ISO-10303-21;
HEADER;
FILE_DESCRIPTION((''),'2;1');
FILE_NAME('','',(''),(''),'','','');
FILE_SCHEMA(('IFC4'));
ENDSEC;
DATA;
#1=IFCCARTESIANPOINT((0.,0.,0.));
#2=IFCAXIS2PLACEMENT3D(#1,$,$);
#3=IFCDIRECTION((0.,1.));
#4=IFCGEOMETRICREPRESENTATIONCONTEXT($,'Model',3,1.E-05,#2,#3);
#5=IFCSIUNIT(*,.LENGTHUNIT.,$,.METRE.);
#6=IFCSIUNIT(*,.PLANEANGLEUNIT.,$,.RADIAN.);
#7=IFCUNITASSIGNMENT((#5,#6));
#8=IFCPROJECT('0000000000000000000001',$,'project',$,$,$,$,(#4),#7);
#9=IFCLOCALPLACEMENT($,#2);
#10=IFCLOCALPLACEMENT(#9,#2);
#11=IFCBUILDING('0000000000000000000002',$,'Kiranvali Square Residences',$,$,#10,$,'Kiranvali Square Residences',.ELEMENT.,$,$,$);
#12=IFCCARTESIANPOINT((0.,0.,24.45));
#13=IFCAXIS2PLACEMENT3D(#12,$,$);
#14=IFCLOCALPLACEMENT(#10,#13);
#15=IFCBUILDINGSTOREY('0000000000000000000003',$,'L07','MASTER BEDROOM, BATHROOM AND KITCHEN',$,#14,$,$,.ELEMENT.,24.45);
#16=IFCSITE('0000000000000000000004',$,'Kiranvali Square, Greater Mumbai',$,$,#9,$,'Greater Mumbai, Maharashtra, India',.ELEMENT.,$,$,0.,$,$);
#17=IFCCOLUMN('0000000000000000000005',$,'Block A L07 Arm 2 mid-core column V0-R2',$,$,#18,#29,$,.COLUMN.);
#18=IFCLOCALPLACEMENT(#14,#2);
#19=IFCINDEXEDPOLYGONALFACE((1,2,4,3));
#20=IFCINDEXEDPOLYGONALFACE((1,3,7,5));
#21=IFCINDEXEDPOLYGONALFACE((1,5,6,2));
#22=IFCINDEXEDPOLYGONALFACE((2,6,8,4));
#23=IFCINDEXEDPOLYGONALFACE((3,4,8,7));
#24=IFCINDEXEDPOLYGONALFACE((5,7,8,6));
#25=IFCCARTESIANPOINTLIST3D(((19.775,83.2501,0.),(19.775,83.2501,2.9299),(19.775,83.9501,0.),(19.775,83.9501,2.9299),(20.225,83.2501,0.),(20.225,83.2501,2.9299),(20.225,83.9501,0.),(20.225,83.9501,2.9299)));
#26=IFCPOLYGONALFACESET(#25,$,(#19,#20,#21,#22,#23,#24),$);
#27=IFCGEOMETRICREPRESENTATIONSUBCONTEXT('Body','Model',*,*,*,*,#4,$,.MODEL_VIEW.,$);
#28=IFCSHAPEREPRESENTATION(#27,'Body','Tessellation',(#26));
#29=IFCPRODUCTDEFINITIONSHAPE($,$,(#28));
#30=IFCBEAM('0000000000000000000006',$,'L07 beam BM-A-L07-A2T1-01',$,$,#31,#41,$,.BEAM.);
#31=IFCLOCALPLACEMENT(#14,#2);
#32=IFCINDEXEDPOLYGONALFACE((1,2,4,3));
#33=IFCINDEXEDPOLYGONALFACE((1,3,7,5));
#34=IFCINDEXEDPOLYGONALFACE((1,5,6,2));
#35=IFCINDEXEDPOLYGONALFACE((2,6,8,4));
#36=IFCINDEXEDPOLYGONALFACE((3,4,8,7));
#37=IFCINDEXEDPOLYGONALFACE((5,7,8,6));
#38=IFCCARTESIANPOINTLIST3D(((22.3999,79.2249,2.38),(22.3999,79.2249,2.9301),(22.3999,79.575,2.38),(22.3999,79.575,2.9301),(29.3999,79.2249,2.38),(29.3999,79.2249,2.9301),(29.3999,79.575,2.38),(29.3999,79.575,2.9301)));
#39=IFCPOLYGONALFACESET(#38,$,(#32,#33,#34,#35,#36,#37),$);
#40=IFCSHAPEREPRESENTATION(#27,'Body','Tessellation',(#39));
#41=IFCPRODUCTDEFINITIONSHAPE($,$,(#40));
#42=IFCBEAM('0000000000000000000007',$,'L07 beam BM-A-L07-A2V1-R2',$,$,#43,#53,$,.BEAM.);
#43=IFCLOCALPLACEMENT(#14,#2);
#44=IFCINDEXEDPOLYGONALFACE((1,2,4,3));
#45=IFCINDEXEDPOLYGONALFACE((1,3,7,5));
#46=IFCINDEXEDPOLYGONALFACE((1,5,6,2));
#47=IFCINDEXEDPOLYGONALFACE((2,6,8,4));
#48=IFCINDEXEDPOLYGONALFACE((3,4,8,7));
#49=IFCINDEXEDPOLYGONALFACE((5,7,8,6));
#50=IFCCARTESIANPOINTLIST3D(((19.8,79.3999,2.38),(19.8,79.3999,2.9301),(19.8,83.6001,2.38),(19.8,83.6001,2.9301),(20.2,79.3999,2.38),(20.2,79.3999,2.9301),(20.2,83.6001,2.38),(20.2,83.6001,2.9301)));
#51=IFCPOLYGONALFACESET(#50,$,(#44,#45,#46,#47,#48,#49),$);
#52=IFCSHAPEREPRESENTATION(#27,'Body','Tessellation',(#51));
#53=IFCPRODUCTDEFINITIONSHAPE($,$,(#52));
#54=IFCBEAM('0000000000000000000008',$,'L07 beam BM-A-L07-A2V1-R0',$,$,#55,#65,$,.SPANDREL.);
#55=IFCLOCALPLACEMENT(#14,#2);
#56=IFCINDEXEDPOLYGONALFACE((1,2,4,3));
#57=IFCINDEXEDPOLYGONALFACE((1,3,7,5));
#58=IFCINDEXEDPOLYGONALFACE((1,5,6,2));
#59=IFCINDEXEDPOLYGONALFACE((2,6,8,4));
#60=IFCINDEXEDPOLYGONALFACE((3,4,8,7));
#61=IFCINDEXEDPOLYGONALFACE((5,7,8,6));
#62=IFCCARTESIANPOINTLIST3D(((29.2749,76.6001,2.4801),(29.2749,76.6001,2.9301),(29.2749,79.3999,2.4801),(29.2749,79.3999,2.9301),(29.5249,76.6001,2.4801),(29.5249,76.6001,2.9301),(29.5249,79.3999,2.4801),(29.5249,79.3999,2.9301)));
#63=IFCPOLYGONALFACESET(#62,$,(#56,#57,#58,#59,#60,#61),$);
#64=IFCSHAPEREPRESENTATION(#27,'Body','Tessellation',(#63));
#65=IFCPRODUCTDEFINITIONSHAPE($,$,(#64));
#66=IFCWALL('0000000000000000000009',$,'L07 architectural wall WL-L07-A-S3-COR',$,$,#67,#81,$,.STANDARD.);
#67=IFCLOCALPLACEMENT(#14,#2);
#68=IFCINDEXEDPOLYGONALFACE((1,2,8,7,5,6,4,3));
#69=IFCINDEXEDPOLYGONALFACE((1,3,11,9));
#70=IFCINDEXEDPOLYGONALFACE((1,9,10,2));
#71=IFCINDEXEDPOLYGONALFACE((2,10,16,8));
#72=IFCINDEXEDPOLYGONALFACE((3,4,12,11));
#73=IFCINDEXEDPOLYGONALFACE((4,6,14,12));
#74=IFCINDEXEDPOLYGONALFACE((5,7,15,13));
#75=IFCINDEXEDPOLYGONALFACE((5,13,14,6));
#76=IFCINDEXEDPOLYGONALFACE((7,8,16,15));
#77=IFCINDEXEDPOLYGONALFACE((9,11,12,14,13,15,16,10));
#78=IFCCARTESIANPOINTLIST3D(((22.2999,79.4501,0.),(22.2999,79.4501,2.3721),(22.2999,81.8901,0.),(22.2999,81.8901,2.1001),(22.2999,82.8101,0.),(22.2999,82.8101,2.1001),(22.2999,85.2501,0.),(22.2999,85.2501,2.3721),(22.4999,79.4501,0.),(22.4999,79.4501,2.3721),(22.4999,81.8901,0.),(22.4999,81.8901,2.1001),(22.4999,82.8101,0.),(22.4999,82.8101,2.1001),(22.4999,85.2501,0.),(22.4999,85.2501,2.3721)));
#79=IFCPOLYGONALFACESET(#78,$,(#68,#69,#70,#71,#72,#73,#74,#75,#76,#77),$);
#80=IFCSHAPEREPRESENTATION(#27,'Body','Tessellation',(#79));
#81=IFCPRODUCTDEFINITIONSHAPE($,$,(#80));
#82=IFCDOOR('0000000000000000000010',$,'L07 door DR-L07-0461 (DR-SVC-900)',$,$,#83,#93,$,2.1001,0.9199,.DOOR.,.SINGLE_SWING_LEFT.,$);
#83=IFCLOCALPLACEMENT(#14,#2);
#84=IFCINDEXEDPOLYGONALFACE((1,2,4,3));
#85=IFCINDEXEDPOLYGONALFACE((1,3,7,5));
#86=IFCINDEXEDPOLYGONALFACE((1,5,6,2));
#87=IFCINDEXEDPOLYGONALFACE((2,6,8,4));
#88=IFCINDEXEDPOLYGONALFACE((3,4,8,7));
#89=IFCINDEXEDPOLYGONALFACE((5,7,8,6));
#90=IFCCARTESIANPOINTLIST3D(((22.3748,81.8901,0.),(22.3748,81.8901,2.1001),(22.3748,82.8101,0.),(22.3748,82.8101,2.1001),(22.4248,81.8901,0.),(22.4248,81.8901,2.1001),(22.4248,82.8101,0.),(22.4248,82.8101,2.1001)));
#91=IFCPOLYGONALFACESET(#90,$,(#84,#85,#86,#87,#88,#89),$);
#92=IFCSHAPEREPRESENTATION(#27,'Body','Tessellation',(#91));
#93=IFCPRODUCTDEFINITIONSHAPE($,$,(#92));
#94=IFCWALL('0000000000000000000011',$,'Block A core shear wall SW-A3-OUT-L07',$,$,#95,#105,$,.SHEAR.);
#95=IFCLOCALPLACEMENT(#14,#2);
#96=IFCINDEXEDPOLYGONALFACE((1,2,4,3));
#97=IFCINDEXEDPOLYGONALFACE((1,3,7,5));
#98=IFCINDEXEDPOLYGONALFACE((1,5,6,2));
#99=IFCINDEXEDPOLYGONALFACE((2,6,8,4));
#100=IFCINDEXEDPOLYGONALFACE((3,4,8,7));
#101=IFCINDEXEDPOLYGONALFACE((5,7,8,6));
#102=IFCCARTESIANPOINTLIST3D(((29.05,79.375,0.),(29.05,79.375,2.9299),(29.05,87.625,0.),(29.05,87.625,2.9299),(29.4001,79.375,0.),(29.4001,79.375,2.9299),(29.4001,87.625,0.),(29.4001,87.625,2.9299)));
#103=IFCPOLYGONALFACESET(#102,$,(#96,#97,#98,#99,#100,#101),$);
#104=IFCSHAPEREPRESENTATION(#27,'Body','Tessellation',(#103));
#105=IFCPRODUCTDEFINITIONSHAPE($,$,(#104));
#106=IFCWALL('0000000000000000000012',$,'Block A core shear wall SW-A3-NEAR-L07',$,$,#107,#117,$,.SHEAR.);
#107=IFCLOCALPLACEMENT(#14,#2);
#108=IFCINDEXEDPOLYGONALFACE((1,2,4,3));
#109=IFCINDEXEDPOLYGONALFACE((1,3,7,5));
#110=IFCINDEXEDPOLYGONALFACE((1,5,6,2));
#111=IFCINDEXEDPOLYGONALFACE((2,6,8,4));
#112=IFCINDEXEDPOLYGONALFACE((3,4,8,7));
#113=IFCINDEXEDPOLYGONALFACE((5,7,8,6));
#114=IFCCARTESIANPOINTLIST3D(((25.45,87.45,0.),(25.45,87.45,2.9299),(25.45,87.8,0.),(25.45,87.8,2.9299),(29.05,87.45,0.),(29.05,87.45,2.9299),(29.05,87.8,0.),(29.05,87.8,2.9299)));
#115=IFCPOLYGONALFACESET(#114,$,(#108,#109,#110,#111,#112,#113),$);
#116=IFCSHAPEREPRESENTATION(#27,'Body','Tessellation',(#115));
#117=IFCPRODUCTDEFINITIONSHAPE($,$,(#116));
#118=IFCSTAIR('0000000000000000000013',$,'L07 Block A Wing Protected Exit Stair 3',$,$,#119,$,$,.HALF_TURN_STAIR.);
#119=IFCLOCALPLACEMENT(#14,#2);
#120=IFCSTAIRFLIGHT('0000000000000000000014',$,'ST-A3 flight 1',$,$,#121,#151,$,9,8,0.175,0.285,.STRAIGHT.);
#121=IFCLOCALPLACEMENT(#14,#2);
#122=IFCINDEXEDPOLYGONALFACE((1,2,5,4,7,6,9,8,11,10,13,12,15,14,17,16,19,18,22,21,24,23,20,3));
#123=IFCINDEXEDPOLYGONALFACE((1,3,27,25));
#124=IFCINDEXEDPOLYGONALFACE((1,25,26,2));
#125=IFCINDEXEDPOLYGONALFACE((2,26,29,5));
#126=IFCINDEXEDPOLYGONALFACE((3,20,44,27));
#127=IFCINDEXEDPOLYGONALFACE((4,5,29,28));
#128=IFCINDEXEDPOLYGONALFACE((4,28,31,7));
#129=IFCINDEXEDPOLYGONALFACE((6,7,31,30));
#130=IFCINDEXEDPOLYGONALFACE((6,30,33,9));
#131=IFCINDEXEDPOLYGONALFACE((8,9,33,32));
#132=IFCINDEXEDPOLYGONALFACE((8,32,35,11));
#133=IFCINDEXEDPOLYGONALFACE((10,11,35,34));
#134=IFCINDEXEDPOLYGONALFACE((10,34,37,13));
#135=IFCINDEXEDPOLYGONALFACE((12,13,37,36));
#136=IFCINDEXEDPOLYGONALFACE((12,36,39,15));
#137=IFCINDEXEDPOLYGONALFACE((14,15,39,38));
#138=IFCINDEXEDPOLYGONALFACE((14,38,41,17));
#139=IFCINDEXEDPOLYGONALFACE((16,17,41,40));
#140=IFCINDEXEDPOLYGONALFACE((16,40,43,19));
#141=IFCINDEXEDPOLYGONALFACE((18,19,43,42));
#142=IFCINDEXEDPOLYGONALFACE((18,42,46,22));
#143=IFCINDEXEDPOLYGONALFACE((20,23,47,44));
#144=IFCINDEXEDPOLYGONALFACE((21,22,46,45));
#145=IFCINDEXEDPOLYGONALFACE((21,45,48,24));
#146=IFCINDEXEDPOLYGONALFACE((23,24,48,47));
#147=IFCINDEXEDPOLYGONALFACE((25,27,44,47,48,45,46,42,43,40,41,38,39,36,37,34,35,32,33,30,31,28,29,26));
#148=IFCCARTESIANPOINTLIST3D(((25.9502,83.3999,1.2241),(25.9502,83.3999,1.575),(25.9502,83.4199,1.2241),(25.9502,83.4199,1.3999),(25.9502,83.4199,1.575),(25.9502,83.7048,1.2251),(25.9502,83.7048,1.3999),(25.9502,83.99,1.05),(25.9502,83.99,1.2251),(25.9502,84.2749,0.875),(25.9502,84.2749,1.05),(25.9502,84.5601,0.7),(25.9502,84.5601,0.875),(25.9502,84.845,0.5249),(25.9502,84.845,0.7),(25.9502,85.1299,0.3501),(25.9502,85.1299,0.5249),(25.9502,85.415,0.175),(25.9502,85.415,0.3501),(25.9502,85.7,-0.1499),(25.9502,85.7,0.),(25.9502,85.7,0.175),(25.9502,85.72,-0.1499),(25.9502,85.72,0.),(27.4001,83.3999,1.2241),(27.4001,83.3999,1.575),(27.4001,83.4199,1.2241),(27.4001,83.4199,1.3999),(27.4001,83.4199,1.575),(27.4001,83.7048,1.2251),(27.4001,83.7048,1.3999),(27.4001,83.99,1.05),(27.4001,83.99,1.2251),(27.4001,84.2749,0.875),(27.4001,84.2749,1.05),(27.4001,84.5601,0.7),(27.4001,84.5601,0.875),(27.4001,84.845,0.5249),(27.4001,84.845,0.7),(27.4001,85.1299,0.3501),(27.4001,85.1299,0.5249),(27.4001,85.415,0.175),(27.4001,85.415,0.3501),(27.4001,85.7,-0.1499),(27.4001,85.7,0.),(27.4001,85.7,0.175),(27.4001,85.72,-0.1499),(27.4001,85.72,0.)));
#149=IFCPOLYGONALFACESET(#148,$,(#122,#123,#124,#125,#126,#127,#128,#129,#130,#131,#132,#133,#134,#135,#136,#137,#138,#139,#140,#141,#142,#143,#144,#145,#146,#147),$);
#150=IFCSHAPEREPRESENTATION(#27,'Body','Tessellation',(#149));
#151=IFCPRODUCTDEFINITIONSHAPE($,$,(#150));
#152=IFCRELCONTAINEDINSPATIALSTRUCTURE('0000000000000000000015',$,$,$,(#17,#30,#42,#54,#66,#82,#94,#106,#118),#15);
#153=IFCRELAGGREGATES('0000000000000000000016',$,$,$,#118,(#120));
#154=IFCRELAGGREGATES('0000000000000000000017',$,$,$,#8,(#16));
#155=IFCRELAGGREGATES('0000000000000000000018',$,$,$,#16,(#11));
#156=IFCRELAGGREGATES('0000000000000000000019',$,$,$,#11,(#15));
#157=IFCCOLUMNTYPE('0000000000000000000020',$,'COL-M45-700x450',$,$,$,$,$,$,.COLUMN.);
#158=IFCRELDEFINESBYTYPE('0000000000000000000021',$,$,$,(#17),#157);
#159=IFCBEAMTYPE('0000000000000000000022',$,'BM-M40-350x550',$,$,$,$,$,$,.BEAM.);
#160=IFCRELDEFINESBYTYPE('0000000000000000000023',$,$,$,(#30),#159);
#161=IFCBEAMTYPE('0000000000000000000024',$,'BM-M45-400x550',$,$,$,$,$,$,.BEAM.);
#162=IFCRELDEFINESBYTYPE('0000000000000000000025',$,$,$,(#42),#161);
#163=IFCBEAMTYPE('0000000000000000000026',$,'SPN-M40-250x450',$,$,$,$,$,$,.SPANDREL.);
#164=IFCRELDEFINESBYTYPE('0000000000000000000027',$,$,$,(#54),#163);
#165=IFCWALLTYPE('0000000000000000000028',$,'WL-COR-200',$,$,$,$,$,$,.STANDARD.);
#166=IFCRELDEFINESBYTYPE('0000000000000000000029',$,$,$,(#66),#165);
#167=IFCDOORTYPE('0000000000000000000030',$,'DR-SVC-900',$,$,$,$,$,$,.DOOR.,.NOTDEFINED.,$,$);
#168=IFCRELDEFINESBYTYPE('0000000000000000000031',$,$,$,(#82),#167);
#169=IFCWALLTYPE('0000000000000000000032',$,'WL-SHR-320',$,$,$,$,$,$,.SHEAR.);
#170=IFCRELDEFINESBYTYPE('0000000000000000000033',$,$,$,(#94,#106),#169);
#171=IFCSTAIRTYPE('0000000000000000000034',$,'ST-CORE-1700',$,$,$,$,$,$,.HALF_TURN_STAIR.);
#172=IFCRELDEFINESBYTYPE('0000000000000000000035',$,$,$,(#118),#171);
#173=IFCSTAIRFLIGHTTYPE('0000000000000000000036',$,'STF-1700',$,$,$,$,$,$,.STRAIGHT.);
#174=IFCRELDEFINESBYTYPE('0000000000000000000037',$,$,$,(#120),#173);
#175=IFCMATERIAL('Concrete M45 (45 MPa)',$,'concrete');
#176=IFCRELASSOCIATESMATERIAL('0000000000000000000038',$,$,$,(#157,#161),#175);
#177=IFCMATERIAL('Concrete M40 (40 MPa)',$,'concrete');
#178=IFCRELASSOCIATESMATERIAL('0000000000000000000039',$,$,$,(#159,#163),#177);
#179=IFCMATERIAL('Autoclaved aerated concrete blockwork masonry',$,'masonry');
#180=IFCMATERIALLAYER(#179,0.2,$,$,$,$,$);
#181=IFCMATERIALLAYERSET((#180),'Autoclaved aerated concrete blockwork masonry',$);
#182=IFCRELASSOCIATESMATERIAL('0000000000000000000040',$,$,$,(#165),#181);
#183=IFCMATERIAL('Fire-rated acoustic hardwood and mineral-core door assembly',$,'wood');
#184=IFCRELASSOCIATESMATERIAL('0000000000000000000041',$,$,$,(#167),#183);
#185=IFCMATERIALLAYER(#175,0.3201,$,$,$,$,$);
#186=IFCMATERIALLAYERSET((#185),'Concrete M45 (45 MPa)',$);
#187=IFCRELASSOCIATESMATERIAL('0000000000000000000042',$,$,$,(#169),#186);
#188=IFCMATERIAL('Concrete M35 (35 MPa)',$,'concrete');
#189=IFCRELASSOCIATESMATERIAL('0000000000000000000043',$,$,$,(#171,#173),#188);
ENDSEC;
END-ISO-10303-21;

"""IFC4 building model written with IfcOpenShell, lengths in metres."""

from ifc_helpers import new_model, si_unit, direction, frame, frame_2d, origin, origin_2d, place, context, subcontext, project, spatial, polyline, rectangle, outline, extrude, material, layer, layer_set, material_profile, profile_set, type_object, element, fill, aggregate, save


model = new_model("IFC4")

# Units and contexts
model_context = context("Model", 3, precision=1e-05, world=origin(), true_north=direction((0.0, 1.0)))
body_context = subcontext(model_context, "Body", "Model", "MODEL_VIEW")
ifc_project = project(units=[si_unit("LENGTHUNIT", "METRE"), si_unit("PLANEANGLEUNIT", "RADIAN")], contexts=[model_context])

# Site, building, storey
site_placement = place(None, origin())
site = spatial("IfcSite", under=ifc_project, at=site_placement, Name="Kiranvali Square, Greater Mumbai", LongName="Greater Mumbai, Maharashtra, India", CompositionType="ELEMENT", RefElevation=0.0)
building_placement = place(site_placement, origin())
building = spatial("IfcBuilding", under=site, at=building_placement, Name="Kiranvali Square Residences", LongName="Kiranvali Square Residences", CompositionType="ELEMENT")
storey_placement = place(building_placement, frame((0.0, 0.0, 24.45)))
storey = spatial("IfcBuildingStorey", under=building, at=storey_placement, Name="L07", Description="MASTER BEDROOM, BATHROOM AND KITCHEN", CompositionType="ELEMENT", Elevation=24.45)

# Column
ifc_material_1 = material(Name="Concrete M45 (45 MPa)", Category="concrete")
ifc_material_profile_1 = material_profile(ifc_material_1, rectangle(XDim=0.45, YDim=0.7, at=origin_2d()), Name="RC 700x450")
ifc_profile_set_1 = profile_set([ifc_material_profile_1], Name="Concrete M45 (45 MPa)")
column_type = type_object("IfcColumnType", Name="COL-M45-700x450", PredefinedType="COLUMN", material=ifc_profile_set_1)
column_placement = place(storey_placement, frame((20.0, 83.6001, 0.0), z_axis=(0.0, 0.0, 1.0), x_axis=(1.0, 0.0, 0.0)))
element("IfcColumn", 1, at=column_placement, inside=storey, type_object=column_type, Name="Block A L07 Arm 2 mid-core column V0-R2", PredefinedType="COLUMN", context=body_context, shape_type="SweptSolid", body=[
    extrude(rectangle(XDim=0.45, YDim=0.7, at=origin_2d()), origin(), (0.0, 0.0, 1.0), 2.9299),
])

# Beams
ifc_material_2 = material(Name="Concrete M40 (40 MPa)", Category="concrete")
ifc_material_profile_2 = material_profile(ifc_material_2, rectangle(XDim=0.3501, YDim=0.55, at=origin_2d()), Name="RC 350x550")
ifc_profile_set_2 = profile_set([ifc_material_profile_2], Name="Concrete M40 (40 MPa)")
beam_type_1 = type_object("IfcBeamType", Name="BM-M40-350x550", PredefinedType="BEAM", material=ifc_profile_set_2)
beam_1_placement = place(storey_placement, frame((29.3999, 79.3999, 2.655), z_axis=(-1.0, 0.0, 0.0), x_axis=(0.0, -1.0, 0.0)))
element("IfcBeam", 2, at=beam_1_placement, inside=storey, type_object=beam_type_1, Name="L07 beam BM-A-L07-A2T1-01", PredefinedType="BEAM", context=body_context, shape_type="SweptSolid", body=[
    extrude(rectangle(XDim=0.3501, YDim=0.55, at=origin_2d()), origin(), (0.0, 0.0, 1.0), 7.0),
])
ifc_material_profile_3 = material_profile(ifc_material_1, rectangle(XDim=0.3999, YDim=0.55, at=origin_2d()), Name="RC 400x550")
ifc_profile_set_3 = profile_set([ifc_material_profile_3], Name="Concrete M45 (45 MPa)")
beam_type_2 = type_object("IfcBeamType", Name="BM-M45-400x550", PredefinedType="BEAM", material=ifc_profile_set_3)
beam_2_placement = place(storey_placement, frame((20.0, 83.6001, 2.655), z_axis=(0.0, -1.0, 0.0), x_axis=(1.0, 0.0, 0.0)))
element("IfcBeam", 3, at=beam_2_placement, inside=storey, type_object=beam_type_2, Name="L07 beam BM-A-L07-A2V1-R2", PredefinedType="BEAM", context=body_context, shape_type="SweptSolid", body=[
    extrude(rectangle(XDim=0.3999, YDim=0.55, at=origin_2d()), origin(), (0.0, 0.0, 1.0), 4.2002),
])
ifc_material_profile_4 = material_profile(ifc_material_2, rectangle(XDim=0.25, YDim=0.45, at=origin_2d()), Name="RC 250x450")
ifc_profile_set_4 = profile_set([ifc_material_profile_4], Name="Concrete M40 (40 MPa)")
beam_type_3 = type_object("IfcBeamType", Name="SPN-M40-250x450", PredefinedType="SPANDREL", material=ifc_profile_set_4)
beam_3_placement = place(storey_placement, frame((29.3999, 79.3999, 2.7051), z_axis=(0.0, -1.0, 0.0), x_axis=(1.0, 0.0, 0.0)))
element("IfcBeam", 4, at=beam_3_placement, inside=storey, type_object=beam_type_3, Name="L07 beam BM-A-L07-A2V1-R0", PredefinedType="SPANDREL", context=body_context, shape_type="SweptSolid", body=[
    extrude(rectangle(XDim=0.25, YDim=0.45, at=origin_2d()), origin(), (0.0, 0.0, 1.0), 2.7998),
])

# Wall, opening, door
ifc_material_3 = material(Name="Autoclaved aerated concrete blockwork masonry", Category="masonry")
ifc_layer_1 = layer(ifc_material_3, 0.2)
ifc_layer_set_1 = layer_set([ifc_layer_1], Name="Autoclaved aerated concrete blockwork masonry")
wall_type_1 = type_object("IfcWallType", Name="WL-COR-200", PredefinedType="STANDARD", material=ifc_layer_set_1)
ifc_material_4 = material(Name="Fire-rated acoustic hardwood and mineral-core door assembly", Category="wood")
wall_1_placement = place(storey_placement, frame((22.3999, 85.25, 0.0), z_axis=(0.0, 0.0, 1.0), x_axis=(0.0, -1.0, 0.0)))
wall_1 = element("IfcWall", 5, at=wall_1_placement, inside=storey, type_object=wall_type_1, Name="L07 architectural wall WL-L07-A-S3-COR", PredefinedType="STANDARD", context=body_context, shape_type="SweptSolid", body=[
    extrude(rectangle(XDim=5.8, YDim=0.2, at=frame_2d((2.8999, 0.0))), origin(), (0.0, 0.0, 1.0), 2.3721),
])
opening_1_placement = place(wall_1_placement, frame((2.4399, 0.0, 0.0)))
opening_1 = element("IfcOpeningElement", 6, at=opening_1_placement, cuts=wall_1, PredefinedType="OPENING", context=body_context, shape_type="SweptSolid", body=[
    extrude(rectangle(XDim=0.9199, YDim=2.1001, at=frame_2d((0.46, 1.05))), frame((0.0, 0.1099, 0.0), z_axis=(0.0, -1.0, 0.0), x_axis=(1.0, 0.0, 0.0)), (0.0, 0.0, 1.0), 0.22),
])
door_type_1 = type_object("IfcDoorType", Name="DR-SVC-900", OperationType="NOTDEFINED", PredefinedType="DOOR", material=ifc_material_4)
door_1_placement = place(opening_1_placement, origin())
door_1 = element("IfcDoor", 7, at=door_1_placement, inside=storey, type_object=door_type_1, Name="L07 door DR-L07-0461 (DR-SVC-900)", OperationType="SINGLE_SWING_LEFT", OverallHeight=2.1001, OverallWidth=0.9199, PredefinedType="DOOR", context=body_context, shape_type="SweptSolid", body=[
    extrude(rectangle(XDim=0.9199, YDim=2.1001, at=frame_2d((0.46, 1.05))), frame((0.0, 0.0249, 0.0), z_axis=(0.0, -1.0, 0.0), x_axis=(1.0, 0.0, 0.0)), (0.0, 0.0, 1.0), 0.05),
])
fill(opening_1, door_1)

# Wall
ifc_layer_2 = layer(ifc_material_1, 0.3201)
ifc_layer_set_2 = layer_set([ifc_layer_2], Name="Concrete M45 (45 MPa)")
wall_type_2 = type_object("IfcWallType", Name="WL-SHR-320", PredefinedType="SHEAR", material=ifc_layer_set_2)
wall_2_placement = place(storey_placement, frame((29.2251, 87.625, 0.0), z_axis=(0.0, 0.0, 1.0), x_axis=(0.0, -1.0, 0.0)))
element("IfcWall", 8, at=wall_2_placement, inside=storey, type_object=wall_type_2, Name="Block A core shear wall SW-A3-OUT-L07", PredefinedType="SHEAR", context=body_context, shape_type="SweptSolid", body=[
    extrude(rectangle(XDim=8.25, YDim=0.3501, at=frame_2d((4.125, 0.0))), origin(), (0.0, 0.0, 1.0), 2.9299),
])

# Wall
wall_3_placement = place(storey_placement, frame((29.05, 87.625, 0.0), z_axis=(0.0, 0.0, 1.0), x_axis=(-1.0, 0.0, 0.0)))
element("IfcWall", 9, at=wall_3_placement, inside=storey, type_object=wall_type_2, Name="Block A core shear wall SW-A3-NEAR-L07", PredefinedType="SHEAR", context=body_context, shape_type="SweptSolid", body=[
    extrude(rectangle(XDim=3.6001, YDim=0.3501, at=frame_2d((1.8, 0.0))), origin(), (0.0, 0.0, 1.0), 2.9299),
])

# Stair, stair flight
ifc_material_5 = material(Name="Concrete M35 (35 MPa)", Category="concrete")
stair_type = type_object("IfcStairType", Name="ST-CORE-1700", PredefinedType="HALF_TURN_STAIR", material=ifc_material_5)
stair_placement = place(storey_placement, origin())
stair = element("IfcStair", 10, at=stair_placement, inside=storey, type_object=stair_type, Name="L07 Block A Wing Protected Exit Stair 3", PredefinedType="HALF_TURN_STAIR")
stair_flight_type = type_object("IfcStairFlightType", Name="STF-1700", PredefinedType="STRAIGHT", material=ifc_material_5)
stair_flight_1_placement = place(storey_placement, frame((26.675, 85.7, 0.0), z_axis=(0.0, 0.0, 1.0), x_axis=(0.0, -1.0, 0.0)))
stair_flight_1 = element("IfcStairFlight", 11, at=stair_flight_1_placement, type_object=stair_flight_type, Name="ST-A3 flight 1", NumberOfRisers=9, NumberOfTreads=8, PredefinedType="STRAIGHT", RiserHeight=0.175, TreadLength=0.285, context=body_context, shape_type="SweptSolid", body=[
    extrude(outline(polyline([(-0.02, -0.1499), (-0.02, 0.0), (0.0, 0.0), (0.0, 0.175), (0.2849, 0.175), (0.2849, 0.3501), (0.5701, 0.3501), (0.5701, 0.5249), (0.855, 0.5249), (0.855, 0.7), (1.1399, 0.7), (1.1399, 0.875), (1.425, 0.875), (1.425, 1.05), (1.71, 1.05), (1.71, 1.2251), (1.9951, 1.2251), (1.9951, 1.3999), (2.28, 1.3999), (2.28, 1.575), (2.3, 1.575), (2.3, 1.2241), (2.28, 1.2241), (0.0, -0.1499), (-0.02, -0.1499)])), frame((0.0, 0.7251, 0.0), z_axis=(0.0, -1.0, 0.0), x_axis=(1.0, 0.0, 0.0)), (0.0, 0.0, 1.0), 1.45),
])
aggregate(stair, [stair_flight_1])

save(model, "model.ifc")
